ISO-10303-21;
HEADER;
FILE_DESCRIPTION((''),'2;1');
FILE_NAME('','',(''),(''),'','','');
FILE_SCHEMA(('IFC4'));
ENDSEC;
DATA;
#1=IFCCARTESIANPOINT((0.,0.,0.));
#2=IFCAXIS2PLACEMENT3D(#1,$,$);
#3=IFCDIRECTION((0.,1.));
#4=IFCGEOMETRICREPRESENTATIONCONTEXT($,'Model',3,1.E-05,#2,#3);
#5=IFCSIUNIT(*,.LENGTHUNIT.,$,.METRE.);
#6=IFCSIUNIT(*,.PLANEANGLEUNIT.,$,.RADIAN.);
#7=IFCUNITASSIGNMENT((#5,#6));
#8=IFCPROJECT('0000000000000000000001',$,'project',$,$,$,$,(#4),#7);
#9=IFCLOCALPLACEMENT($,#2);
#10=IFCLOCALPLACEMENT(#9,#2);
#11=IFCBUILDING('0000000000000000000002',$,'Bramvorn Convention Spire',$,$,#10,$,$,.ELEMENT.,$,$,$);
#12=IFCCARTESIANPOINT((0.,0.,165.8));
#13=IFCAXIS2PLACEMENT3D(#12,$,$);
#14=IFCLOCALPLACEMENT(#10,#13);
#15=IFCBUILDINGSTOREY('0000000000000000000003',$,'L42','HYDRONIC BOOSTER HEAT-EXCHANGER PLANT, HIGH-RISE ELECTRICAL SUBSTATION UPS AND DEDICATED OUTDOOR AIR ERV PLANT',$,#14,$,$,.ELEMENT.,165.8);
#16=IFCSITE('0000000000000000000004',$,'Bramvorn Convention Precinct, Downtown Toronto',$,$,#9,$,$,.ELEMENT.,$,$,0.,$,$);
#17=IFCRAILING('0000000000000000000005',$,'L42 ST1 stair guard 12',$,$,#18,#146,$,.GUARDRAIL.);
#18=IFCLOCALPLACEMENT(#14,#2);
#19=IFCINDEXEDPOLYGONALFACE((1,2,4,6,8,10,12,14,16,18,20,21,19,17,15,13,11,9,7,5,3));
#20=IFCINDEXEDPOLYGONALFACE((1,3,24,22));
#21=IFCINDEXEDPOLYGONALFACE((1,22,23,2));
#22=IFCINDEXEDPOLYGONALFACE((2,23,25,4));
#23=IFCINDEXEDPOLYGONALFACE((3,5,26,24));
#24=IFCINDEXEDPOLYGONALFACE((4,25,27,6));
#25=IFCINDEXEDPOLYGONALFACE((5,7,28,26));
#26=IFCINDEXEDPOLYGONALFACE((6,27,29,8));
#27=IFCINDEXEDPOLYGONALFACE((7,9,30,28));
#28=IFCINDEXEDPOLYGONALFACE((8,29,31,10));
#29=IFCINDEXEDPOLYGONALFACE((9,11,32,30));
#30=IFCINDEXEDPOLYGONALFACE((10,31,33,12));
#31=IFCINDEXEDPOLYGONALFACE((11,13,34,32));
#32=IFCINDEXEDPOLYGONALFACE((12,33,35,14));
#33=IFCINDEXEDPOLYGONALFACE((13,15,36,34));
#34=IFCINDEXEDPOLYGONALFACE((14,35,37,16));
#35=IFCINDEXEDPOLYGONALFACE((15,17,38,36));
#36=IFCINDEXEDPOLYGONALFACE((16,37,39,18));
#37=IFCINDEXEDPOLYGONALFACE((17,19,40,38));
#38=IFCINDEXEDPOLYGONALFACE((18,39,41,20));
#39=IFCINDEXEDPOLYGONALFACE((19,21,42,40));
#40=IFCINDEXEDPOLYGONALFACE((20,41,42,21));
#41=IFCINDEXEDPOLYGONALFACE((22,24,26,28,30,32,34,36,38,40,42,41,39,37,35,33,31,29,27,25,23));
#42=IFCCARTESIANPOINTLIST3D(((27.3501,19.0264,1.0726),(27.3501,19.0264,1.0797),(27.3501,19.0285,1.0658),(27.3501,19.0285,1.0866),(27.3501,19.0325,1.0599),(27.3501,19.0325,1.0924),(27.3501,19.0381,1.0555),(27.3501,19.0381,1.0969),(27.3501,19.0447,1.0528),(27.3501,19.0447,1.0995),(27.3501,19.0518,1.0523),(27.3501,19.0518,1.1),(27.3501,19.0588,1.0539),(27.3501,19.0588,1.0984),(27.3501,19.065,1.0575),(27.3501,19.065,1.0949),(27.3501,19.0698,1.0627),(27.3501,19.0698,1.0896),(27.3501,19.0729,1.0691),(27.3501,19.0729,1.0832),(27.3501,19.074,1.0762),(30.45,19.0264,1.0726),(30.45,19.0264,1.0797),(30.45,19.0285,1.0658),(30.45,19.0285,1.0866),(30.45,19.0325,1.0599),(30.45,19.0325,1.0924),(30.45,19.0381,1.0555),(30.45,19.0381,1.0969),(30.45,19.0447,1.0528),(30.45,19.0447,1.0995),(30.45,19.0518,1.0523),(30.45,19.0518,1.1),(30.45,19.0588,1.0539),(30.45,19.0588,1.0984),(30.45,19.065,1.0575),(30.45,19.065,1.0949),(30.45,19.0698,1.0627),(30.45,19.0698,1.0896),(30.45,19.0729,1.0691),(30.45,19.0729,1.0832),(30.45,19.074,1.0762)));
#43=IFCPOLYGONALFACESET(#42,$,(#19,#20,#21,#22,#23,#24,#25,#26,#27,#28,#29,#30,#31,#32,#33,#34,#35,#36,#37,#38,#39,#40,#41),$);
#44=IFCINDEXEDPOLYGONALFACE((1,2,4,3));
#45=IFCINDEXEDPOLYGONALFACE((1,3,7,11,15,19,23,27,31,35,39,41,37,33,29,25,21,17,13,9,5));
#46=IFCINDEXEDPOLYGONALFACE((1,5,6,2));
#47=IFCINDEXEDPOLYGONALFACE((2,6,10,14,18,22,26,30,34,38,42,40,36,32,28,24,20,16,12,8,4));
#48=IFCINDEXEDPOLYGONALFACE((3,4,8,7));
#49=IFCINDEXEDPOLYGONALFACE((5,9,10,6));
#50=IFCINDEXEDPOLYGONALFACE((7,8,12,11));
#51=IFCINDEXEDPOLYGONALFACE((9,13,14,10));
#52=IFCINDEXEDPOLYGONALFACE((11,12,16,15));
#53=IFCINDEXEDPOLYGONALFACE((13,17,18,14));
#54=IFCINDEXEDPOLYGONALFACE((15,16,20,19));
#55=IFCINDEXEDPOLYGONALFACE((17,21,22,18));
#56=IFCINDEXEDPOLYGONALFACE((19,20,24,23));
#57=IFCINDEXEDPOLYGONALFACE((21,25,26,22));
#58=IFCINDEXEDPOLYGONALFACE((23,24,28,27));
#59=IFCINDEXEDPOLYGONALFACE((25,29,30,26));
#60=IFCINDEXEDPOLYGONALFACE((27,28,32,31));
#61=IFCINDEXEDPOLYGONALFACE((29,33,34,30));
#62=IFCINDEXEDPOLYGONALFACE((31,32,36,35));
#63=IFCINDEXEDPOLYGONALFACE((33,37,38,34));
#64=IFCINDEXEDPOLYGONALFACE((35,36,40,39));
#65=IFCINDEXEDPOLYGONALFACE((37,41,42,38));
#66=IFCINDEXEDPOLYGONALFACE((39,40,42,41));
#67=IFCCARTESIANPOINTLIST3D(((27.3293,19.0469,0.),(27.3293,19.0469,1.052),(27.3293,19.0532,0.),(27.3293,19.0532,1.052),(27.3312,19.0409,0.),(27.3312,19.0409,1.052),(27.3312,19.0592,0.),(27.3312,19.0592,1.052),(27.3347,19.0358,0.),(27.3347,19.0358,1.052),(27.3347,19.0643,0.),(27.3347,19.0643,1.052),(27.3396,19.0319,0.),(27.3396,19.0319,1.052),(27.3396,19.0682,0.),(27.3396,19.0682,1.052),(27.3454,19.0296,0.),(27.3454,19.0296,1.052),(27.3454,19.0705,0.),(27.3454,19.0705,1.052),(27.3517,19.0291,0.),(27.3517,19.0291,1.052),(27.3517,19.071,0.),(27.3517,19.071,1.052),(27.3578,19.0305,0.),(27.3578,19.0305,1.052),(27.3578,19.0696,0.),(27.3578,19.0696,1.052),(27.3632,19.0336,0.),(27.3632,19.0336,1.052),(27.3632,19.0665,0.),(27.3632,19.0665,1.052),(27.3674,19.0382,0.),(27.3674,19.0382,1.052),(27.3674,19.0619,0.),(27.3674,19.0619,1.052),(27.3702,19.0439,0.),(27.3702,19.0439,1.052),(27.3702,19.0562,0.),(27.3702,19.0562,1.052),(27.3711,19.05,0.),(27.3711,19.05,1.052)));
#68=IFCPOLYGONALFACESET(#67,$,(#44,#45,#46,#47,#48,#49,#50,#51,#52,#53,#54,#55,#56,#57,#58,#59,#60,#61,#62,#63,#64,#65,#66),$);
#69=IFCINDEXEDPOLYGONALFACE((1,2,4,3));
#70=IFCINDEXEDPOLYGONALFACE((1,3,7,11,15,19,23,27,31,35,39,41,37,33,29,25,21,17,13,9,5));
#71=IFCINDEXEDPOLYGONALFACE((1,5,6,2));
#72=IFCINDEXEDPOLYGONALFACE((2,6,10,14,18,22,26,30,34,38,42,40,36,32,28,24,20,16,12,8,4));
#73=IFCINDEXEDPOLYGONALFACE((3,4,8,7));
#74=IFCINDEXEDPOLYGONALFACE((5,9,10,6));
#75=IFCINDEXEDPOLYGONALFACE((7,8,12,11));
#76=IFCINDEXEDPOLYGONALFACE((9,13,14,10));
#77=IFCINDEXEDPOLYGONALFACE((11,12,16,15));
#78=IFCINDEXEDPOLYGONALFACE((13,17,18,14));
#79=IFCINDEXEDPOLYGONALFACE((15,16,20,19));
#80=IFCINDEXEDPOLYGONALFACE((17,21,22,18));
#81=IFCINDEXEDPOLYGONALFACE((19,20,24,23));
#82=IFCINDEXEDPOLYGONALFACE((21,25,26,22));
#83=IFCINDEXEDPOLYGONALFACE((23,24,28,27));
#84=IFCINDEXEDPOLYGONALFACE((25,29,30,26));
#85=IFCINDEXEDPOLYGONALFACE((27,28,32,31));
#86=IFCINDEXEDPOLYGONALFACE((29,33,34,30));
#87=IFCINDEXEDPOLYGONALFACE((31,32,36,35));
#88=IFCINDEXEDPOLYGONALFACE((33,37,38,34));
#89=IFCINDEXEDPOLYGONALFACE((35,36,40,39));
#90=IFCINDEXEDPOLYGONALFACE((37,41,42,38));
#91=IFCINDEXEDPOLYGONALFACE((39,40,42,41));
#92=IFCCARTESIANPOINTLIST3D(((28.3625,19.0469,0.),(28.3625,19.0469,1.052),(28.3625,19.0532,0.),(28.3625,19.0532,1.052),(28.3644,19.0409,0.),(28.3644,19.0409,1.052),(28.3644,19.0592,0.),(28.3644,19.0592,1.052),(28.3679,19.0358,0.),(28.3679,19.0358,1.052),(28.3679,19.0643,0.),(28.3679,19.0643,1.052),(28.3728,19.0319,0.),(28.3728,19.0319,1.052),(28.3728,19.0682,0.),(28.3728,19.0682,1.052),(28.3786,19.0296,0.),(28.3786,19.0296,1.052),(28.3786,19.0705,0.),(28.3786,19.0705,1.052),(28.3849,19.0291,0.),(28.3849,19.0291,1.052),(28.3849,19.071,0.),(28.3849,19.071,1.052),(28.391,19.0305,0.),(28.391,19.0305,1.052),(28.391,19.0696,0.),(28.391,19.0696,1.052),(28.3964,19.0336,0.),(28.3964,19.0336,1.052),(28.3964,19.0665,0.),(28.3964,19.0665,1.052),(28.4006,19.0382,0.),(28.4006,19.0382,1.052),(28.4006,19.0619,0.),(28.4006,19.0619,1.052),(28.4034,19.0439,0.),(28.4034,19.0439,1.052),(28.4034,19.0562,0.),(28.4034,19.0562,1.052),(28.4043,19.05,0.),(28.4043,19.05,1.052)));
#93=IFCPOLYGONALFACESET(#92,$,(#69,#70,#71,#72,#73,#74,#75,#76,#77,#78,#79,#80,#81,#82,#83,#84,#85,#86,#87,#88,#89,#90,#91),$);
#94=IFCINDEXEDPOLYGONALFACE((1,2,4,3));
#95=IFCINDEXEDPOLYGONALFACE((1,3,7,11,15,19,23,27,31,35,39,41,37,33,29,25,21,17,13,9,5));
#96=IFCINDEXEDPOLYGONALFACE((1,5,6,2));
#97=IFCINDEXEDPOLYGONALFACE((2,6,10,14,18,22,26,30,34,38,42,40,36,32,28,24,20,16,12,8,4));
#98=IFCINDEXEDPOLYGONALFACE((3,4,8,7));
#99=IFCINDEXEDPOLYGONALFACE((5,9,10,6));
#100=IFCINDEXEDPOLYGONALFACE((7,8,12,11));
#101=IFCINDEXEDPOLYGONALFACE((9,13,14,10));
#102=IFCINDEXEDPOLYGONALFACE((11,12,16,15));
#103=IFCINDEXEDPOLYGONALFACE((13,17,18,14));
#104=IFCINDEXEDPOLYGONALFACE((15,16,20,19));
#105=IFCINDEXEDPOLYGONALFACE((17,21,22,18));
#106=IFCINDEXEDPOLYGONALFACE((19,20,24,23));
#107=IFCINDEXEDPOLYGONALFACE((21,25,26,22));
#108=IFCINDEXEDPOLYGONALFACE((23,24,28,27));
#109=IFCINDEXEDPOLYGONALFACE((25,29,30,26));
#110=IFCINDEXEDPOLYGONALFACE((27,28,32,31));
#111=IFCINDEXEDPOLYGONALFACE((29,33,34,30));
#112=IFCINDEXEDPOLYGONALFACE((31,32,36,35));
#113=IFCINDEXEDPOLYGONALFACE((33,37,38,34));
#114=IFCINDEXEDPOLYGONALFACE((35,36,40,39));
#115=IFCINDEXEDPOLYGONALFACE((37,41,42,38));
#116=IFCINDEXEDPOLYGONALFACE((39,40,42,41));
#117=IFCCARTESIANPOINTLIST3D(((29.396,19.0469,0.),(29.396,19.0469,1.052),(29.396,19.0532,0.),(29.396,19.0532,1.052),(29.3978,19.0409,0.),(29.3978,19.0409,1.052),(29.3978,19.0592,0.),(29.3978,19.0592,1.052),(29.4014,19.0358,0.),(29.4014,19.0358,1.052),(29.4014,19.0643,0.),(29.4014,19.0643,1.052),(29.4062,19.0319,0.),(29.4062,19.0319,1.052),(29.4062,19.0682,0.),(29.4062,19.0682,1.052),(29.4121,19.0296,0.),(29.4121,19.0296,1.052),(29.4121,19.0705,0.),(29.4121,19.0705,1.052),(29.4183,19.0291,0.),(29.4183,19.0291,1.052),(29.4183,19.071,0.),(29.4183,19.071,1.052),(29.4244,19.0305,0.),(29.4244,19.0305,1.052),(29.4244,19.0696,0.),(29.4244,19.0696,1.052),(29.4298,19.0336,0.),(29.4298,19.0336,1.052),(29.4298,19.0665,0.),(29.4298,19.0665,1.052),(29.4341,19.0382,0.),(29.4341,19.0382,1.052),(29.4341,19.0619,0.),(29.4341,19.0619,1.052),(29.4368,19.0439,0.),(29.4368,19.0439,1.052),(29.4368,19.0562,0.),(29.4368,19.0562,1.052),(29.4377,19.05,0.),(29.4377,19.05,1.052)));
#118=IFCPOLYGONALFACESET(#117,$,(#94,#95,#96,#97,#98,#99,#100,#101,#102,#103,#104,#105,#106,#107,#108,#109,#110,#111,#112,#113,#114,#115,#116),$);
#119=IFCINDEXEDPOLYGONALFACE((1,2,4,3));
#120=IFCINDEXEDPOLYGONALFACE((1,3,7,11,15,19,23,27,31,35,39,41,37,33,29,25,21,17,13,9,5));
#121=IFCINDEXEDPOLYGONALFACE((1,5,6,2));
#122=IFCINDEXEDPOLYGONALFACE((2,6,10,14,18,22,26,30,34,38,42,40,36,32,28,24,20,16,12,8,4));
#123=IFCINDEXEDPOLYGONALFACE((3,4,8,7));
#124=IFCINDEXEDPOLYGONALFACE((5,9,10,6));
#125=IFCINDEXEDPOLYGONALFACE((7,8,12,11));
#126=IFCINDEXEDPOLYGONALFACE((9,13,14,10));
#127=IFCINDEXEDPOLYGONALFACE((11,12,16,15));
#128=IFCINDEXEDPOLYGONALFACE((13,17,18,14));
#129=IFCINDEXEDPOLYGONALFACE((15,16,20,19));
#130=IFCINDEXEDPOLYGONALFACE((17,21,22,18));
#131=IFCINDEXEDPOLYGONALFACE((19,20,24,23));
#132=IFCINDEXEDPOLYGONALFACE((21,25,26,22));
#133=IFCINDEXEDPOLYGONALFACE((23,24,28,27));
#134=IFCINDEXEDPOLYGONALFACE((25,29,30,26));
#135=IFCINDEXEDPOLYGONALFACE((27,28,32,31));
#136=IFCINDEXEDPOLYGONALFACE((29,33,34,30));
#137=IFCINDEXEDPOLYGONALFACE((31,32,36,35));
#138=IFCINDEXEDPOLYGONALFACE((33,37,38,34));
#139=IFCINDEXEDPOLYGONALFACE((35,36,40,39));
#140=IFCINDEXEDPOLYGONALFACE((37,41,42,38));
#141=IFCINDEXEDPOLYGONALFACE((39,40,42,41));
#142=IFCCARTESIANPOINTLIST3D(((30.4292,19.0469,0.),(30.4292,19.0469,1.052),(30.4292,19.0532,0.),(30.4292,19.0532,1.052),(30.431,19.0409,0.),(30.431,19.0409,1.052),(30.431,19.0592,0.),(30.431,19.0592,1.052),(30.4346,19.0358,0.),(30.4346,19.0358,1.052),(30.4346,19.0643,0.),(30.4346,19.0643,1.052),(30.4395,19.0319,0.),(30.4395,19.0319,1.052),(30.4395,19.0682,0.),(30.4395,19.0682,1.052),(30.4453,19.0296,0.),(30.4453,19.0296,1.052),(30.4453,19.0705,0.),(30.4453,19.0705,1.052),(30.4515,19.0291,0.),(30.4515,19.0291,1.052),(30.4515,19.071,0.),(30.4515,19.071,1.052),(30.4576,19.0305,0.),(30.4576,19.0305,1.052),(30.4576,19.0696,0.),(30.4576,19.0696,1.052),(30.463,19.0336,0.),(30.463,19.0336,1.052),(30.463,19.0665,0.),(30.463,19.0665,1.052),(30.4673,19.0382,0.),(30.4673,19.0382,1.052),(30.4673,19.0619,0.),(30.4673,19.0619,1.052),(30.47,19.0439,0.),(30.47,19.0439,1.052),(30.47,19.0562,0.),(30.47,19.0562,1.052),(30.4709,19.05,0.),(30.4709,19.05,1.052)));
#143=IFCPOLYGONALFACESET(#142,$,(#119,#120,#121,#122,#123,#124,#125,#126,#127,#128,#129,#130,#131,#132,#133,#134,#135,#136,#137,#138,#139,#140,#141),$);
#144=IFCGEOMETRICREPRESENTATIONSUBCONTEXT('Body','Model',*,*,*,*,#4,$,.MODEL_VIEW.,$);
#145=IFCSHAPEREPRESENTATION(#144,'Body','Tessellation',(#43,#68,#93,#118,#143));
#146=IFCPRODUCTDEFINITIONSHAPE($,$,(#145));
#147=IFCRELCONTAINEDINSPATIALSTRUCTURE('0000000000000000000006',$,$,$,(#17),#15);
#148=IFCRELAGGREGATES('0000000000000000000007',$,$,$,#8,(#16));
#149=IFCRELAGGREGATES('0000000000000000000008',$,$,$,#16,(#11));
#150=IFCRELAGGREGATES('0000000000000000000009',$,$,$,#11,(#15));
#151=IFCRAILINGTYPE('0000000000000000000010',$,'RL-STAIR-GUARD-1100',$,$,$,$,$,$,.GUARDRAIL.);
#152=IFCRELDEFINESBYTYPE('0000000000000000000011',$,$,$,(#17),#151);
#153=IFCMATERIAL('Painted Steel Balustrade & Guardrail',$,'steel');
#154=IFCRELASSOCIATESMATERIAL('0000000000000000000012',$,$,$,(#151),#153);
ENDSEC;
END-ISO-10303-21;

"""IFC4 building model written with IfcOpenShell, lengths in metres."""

from ifc_helpers import new_model, si_unit, direction, frame, origin, origin_2d, place, context, subcontext, project, spatial, circle, extrude, material, type_object, element, save


model = new_model("IFC4")

# Units and contexts
model_context = context("Model", 3, precision=1e-05, world=origin(), true_north=direction((0.0, 1.0)))
body_context = subcontext(model_context, "Body", "Model", "MODEL_VIEW")
ifc_project = project(units=[si_unit("LENGTHUNIT", "METRE"), si_unit("PLANEANGLEUNIT", "RADIAN")], contexts=[model_context])

# Site, building, storey
site_placement = place(None, origin())
site = spatial("IfcSite", under=ifc_project, at=site_placement, Name="Bramvorn Convention Precinct, Downtown Toronto", CompositionType="ELEMENT", RefElevation=0.0)
building_placement = place(site_placement, origin())
building = spatial("IfcBuilding", under=site, at=building_placement, Name="Bramvorn Convention Spire", CompositionType="ELEMENT")
storey_placement = place(building_placement, frame((0.0, 0.0, 165.8)))
storey = spatial("IfcBuildingStorey", under=building, at=storey_placement, Name="L42", Description="HYDRONIC BOOSTER HEAT-EXCHANGER PLANT, HIGH-RISE ELECTRICAL SUBSTATION UPS AND DEDICATED OUTDOOR AIR ERV PLANT", CompositionType="ELEMENT", Elevation=165.8)

# Railing
ifc_material_1 = material(Name="Painted Steel Balustrade & Guardrail", Category="steel")
railing_type = type_object("IfcRailingType", Name="RL-STAIR-GUARD-1100", PredefinedType="GUARDRAIL", material=ifc_material_1)
railing_1_placement = place(storey_placement, frame((27.3501, 19.05, 0.0)))
element("IfcRailing", 1, at=railing_1_placement, inside=storey, type_object=railing_type, Name="L42 ST1 stair guard 12", PredefinedType="GUARDRAIL", context=body_context, shape_type="SweptSolid", body=[
    extrude(circle(Radius=0.0239, at=origin_2d()), frame((0.0, 0.0, 1.0762), z_axis=(1.0, 0.0, 0.0), x_axis=(0.0, 1.0, 0.0)), (0.0, 0.0, 1.0), 3.0999),
    extrude(circle(Radius=0.021, at=origin_2d()), origin(), (0.0, 0.0, 1.0), 1.052),
    extrude(circle(Radius=0.021, at=origin_2d()), frame((1.0332, 0.0, 0.0)), (0.0, 0.0, 1.0), 1.052),
    extrude(circle(Radius=0.021, at=origin_2d()), frame((2.0667, 0.0, 0.0)), (0.0, 0.0, 1.0), 1.052),
    extrude(circle(Radius=0.021, at=origin_2d()), frame((3.0999, 0.0, 0.0)), (0.0, 0.0, 1.0), 1.052),
])

save(model, "model.ifc")
